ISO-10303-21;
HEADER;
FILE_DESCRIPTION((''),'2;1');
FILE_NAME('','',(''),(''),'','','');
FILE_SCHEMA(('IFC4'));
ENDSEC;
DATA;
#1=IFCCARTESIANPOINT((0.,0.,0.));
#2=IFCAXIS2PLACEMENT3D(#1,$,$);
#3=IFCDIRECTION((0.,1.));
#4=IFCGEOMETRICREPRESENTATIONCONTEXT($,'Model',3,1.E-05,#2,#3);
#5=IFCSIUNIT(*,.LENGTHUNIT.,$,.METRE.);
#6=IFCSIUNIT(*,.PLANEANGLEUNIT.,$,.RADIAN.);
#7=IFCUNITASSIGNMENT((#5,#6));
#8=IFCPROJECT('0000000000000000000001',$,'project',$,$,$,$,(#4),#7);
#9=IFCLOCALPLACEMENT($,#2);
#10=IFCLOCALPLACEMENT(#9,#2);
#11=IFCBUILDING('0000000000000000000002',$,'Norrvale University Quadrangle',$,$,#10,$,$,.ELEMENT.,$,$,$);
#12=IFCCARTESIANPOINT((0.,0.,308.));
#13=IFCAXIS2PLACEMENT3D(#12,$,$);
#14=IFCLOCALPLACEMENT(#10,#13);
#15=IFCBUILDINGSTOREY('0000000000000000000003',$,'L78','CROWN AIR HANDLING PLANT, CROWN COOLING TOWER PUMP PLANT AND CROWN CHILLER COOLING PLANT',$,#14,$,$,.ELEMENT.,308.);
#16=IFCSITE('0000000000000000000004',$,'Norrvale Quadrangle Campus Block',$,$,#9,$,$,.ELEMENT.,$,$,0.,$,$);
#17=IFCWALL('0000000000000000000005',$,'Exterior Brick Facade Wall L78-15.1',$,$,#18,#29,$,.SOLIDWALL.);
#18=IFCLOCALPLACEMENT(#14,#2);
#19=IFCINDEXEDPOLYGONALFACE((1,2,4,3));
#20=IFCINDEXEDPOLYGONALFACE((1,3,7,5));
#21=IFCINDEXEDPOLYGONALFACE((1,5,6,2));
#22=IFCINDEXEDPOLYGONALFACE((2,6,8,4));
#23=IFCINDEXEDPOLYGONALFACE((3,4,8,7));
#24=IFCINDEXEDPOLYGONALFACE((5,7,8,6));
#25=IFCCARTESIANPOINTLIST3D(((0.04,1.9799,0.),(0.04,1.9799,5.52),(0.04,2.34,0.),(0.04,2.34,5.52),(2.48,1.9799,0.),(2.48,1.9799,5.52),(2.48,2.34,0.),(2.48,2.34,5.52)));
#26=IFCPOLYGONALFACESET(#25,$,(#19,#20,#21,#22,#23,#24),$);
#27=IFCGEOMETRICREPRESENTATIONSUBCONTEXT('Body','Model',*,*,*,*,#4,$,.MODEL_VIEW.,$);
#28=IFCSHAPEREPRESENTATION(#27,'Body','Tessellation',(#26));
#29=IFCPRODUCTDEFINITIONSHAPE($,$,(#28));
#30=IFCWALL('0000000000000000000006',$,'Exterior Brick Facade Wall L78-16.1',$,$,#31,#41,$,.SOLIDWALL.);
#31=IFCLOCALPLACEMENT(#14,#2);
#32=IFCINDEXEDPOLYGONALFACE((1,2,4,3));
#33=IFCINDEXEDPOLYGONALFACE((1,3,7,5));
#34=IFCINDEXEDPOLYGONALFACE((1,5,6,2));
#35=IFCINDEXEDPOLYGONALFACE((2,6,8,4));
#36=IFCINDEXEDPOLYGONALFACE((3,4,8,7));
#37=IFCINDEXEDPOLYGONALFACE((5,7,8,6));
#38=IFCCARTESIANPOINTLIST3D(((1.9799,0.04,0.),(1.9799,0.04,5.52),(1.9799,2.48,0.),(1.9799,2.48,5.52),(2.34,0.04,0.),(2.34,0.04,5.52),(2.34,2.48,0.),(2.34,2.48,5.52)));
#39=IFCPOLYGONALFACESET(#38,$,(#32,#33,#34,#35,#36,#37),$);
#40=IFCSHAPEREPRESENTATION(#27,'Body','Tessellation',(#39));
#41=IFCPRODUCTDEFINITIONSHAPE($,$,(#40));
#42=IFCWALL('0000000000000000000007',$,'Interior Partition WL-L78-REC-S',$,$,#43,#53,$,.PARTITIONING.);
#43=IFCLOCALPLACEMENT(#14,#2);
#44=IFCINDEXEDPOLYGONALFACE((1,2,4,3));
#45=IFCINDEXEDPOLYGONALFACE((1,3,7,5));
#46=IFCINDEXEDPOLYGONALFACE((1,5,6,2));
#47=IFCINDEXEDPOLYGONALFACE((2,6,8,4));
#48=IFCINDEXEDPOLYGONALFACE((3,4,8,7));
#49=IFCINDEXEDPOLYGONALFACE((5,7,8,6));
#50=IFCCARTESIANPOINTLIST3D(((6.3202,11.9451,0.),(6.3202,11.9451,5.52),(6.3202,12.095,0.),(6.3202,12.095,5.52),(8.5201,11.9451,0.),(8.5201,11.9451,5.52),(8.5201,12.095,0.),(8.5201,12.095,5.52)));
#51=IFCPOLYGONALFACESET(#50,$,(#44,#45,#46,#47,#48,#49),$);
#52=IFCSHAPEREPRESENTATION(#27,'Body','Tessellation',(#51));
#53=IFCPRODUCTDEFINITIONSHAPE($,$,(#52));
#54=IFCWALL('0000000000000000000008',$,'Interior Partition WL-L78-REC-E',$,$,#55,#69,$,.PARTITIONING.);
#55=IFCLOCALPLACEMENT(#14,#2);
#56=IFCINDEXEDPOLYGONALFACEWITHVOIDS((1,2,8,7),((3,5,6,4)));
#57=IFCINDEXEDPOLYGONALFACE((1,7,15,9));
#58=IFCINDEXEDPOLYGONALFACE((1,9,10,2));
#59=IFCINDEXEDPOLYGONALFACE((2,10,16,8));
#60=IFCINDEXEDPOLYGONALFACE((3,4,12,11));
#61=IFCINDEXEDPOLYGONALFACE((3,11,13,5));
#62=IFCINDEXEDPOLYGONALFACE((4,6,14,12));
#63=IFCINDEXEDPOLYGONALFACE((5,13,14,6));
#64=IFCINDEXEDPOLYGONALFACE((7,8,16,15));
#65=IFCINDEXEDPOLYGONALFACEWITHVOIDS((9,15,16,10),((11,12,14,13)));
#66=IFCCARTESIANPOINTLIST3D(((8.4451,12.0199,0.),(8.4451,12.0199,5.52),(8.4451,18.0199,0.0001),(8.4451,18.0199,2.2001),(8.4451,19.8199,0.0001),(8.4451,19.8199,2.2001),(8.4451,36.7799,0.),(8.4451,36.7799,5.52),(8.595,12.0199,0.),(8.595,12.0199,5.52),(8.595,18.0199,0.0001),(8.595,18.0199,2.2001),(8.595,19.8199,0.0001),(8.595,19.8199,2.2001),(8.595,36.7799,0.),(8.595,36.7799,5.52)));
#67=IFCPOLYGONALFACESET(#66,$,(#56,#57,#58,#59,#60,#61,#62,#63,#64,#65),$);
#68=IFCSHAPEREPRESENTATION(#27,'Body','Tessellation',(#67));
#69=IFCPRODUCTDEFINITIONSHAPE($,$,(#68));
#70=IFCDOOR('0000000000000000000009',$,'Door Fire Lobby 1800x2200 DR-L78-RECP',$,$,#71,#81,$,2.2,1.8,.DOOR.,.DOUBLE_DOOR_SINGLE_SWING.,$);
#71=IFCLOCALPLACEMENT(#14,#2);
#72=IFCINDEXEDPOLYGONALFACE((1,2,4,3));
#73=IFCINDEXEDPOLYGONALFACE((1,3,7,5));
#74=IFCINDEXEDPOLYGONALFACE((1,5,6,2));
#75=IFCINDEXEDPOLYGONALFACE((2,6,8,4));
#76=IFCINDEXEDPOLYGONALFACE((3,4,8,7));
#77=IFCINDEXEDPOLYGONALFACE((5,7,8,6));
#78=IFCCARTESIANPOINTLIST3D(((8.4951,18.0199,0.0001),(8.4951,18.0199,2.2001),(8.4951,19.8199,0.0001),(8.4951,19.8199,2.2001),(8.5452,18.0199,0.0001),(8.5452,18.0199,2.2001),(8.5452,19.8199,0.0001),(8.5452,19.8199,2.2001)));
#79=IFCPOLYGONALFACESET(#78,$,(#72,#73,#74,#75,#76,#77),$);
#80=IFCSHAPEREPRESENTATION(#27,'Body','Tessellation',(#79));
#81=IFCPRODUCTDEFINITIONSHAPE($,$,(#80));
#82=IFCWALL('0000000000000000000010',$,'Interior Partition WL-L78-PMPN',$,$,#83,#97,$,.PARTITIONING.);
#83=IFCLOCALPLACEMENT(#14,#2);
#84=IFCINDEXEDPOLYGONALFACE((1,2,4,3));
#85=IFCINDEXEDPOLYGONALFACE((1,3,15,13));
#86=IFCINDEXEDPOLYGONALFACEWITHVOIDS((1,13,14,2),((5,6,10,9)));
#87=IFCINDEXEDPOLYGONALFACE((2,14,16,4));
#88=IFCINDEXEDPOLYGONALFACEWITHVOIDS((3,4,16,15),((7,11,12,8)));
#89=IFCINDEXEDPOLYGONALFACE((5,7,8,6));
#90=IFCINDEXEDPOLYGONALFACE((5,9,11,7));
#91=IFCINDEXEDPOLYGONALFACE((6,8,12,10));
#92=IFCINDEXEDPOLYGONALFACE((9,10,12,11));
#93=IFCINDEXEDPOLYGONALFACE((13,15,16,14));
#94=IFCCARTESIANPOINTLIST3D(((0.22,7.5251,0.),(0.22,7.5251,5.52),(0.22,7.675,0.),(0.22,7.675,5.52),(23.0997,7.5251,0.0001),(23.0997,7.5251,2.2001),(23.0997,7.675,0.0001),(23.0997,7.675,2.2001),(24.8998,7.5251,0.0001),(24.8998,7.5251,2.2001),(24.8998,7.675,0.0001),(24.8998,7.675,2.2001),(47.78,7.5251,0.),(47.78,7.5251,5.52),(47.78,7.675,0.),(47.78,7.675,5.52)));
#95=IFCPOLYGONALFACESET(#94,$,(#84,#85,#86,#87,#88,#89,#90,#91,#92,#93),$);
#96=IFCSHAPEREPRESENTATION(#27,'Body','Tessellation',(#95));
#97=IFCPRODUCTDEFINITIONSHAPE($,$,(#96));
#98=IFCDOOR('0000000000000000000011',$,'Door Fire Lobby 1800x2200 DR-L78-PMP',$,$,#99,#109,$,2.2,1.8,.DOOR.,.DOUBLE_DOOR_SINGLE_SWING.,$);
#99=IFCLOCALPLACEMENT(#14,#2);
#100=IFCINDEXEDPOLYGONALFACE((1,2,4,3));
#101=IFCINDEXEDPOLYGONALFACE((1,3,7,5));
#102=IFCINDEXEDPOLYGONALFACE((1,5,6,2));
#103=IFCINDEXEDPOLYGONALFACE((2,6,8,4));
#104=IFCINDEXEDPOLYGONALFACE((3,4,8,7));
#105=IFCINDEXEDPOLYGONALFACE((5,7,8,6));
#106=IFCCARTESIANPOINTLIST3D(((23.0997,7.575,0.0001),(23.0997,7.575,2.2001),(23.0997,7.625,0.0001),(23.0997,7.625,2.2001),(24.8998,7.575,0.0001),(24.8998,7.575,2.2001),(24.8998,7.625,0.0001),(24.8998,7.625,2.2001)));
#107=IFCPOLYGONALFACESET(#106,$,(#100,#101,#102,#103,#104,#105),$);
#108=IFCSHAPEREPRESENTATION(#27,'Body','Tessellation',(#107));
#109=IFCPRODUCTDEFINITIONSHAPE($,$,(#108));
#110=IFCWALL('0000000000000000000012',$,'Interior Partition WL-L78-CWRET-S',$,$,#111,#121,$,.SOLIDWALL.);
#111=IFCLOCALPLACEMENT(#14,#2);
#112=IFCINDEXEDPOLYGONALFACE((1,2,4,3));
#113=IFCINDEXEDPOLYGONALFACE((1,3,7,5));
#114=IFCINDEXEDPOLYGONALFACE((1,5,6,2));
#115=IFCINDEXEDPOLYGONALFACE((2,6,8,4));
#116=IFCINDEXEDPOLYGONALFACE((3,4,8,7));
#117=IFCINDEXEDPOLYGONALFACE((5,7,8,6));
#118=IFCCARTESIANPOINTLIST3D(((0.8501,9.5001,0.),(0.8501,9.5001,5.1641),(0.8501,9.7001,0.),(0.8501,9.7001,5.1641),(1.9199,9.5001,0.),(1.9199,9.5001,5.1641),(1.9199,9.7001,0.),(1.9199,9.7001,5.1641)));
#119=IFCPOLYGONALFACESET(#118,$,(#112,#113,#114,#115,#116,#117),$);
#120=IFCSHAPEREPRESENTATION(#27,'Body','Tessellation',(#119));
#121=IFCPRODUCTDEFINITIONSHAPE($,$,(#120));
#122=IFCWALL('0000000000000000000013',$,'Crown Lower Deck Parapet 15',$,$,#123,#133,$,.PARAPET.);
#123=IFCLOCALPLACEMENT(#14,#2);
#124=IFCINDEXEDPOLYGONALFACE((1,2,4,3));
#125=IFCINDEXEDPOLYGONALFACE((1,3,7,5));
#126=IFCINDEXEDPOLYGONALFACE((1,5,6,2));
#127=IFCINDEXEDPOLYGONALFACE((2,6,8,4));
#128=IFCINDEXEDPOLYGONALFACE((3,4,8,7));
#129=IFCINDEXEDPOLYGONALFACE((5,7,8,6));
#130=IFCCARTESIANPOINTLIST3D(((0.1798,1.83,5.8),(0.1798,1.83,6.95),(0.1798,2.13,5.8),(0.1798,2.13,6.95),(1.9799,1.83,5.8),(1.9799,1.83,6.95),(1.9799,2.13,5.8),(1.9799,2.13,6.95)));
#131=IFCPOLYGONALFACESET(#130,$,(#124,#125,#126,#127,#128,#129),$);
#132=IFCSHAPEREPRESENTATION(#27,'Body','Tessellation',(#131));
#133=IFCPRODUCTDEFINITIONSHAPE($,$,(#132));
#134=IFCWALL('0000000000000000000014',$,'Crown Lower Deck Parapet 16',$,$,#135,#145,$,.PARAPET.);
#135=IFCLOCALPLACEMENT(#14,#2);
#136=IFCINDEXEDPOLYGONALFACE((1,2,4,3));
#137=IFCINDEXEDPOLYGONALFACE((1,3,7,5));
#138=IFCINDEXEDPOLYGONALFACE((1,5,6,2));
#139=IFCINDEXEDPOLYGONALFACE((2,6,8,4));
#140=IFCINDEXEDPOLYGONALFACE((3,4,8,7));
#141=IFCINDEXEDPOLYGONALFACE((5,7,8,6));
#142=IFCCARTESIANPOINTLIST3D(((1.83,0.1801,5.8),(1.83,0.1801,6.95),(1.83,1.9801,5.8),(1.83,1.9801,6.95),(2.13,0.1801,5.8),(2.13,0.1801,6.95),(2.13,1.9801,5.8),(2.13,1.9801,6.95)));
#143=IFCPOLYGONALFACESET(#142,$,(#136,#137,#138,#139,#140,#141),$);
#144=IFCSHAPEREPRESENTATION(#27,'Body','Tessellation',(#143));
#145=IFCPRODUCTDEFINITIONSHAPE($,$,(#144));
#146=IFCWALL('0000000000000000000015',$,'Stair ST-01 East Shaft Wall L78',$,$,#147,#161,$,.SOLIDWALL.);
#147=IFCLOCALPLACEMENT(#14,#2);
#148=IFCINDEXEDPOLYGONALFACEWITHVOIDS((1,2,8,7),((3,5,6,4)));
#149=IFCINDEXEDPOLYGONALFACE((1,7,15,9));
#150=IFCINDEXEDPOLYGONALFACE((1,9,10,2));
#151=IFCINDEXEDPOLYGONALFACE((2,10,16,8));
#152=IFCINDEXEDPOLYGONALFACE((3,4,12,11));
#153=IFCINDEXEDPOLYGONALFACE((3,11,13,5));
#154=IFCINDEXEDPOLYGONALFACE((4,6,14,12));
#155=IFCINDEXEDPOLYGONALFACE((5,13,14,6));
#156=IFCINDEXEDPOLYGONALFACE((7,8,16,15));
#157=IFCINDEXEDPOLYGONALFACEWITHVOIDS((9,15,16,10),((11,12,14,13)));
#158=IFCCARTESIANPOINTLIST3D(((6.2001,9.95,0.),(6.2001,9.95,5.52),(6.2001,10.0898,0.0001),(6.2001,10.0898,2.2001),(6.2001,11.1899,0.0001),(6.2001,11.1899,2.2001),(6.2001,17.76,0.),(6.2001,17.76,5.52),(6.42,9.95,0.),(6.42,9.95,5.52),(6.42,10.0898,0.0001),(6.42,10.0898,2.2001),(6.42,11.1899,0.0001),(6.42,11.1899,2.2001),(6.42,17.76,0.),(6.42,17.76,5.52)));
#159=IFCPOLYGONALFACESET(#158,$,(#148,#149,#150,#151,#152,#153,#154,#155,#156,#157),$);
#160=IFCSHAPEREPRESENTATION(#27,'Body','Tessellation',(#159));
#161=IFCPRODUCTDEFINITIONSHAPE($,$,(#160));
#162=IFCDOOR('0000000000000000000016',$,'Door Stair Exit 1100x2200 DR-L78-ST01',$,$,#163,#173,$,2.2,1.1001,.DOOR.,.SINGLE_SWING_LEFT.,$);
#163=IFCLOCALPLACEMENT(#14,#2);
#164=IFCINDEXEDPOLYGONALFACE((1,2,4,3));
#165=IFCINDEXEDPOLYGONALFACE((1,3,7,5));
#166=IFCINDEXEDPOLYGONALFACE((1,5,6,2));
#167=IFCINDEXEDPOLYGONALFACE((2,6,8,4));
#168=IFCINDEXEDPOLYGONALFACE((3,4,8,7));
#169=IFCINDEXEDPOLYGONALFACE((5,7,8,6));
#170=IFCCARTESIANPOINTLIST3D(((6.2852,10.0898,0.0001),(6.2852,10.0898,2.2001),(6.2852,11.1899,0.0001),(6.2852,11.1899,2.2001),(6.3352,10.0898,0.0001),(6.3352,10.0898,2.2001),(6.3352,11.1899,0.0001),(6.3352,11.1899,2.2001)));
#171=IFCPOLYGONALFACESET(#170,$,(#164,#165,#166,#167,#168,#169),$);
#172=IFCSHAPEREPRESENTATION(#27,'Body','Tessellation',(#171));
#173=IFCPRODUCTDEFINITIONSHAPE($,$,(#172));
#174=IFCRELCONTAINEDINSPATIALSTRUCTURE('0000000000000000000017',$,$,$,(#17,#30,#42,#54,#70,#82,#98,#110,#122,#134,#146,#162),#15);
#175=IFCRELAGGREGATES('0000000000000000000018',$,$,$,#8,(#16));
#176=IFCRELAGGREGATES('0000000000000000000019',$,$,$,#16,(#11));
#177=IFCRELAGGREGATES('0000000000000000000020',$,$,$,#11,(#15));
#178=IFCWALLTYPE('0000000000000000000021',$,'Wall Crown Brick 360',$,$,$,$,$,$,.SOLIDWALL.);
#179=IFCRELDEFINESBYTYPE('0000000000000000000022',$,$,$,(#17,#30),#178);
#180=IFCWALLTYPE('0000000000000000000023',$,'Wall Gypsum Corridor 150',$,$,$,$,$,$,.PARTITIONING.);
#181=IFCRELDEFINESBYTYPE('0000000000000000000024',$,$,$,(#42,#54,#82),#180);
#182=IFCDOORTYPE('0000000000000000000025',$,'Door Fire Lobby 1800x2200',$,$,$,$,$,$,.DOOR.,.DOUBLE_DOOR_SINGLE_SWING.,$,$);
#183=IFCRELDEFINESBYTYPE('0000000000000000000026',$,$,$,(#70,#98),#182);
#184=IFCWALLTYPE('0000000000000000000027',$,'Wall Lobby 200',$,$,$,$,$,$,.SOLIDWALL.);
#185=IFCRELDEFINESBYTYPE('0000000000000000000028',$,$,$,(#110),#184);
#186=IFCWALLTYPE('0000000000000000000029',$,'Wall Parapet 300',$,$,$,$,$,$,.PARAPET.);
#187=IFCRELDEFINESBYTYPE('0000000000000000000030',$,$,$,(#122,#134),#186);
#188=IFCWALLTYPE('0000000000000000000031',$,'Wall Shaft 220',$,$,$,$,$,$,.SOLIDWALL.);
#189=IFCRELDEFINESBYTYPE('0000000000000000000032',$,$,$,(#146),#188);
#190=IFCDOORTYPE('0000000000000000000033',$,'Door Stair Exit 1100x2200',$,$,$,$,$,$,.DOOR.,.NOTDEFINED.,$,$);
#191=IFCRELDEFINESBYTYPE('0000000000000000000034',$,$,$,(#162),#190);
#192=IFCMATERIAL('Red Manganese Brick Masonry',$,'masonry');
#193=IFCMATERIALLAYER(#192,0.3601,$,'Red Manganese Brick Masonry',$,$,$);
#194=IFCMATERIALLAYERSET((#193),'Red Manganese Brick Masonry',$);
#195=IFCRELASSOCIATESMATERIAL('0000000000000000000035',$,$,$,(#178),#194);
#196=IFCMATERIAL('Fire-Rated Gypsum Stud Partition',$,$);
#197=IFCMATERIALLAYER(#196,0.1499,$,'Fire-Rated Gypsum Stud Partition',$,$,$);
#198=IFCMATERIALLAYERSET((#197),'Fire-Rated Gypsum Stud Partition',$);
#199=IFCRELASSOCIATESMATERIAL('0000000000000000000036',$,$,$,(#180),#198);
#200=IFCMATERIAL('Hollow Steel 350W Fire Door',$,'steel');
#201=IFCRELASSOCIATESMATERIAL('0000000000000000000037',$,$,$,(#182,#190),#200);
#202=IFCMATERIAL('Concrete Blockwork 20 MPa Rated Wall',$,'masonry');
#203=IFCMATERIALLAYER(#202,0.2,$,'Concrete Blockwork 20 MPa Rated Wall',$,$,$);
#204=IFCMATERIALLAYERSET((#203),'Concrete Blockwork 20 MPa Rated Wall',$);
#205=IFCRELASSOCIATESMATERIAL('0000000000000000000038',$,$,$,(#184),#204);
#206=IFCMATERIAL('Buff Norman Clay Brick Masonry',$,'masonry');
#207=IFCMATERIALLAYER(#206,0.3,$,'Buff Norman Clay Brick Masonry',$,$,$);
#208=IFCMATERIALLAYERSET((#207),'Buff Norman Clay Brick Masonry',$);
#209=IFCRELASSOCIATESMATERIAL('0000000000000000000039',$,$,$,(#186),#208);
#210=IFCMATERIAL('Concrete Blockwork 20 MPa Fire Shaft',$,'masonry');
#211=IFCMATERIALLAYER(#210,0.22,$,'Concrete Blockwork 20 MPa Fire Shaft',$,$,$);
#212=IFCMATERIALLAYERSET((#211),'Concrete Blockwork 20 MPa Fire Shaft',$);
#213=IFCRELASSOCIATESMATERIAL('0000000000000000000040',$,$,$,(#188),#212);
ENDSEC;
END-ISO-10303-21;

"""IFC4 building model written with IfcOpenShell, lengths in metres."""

from ifc_helpers import new_model, si_unit, direction, frame, frame_2d, origin, place, context, subcontext, project, spatial, rectangle, extrude, material, layer, layer_set, type_object, element, fill, save


model = new_model("IFC4")

# Units and contexts
model_context = context("Model", 3, precision=1e-05, world=origin(), true_north=direction((0.0, 1.0)))
body_context = subcontext(model_context, "Body", "Model", "MODEL_VIEW")
ifc_project = project(units=[si_unit("LENGTHUNIT", "METRE"), si_unit("PLANEANGLEUNIT", "RADIAN")], contexts=[model_context])

# Site, building, storey
site_placement = place(None, origin())
site = spatial("IfcSite", under=ifc_project, at=site_placement, Name="Norrvale Quadrangle Campus Block", CompositionType="ELEMENT", RefElevation=0.0)
building_placement = place(site_placement, origin())
building = spatial("IfcBuilding", under=site, at=building_placement, Name="Norrvale University Quadrangle", CompositionType="ELEMENT")
storey_placement = place(building_placement, frame((0.0, 0.0, 308.0)))
storey = spatial("IfcBuildingStorey", under=building, at=storey_placement, Name="L78", Description="CROWN AIR HANDLING PLANT, CROWN COOLING TOWER PUMP PLANT AND CROWN CHILLER COOLING PLANT", CompositionType="ELEMENT", Elevation=308.0)

# Walls
ifc_material_1 = material(Name="Red Manganese Brick Masonry", Category="masonry")
ifc_layer_1 = layer(ifc_material_1, 0.3601, Name="Red Manganese Brick Masonry")
ifc_layer_set_1 = layer_set([ifc_layer_1], Name="Red Manganese Brick Masonry")
wall_type_1 = type_object("IfcWallType", Name="Wall Crown Brick 360", PredefinedType="SOLIDWALL", material=ifc_layer_set_1)
for number, where, z_axis, x_axis, name in (
    (1, (0.04, 2.1599, 0.0), (0.0, 0.0, 1.0), (1.0, 0.0, 0.0), "Exterior Brick Facade Wall L78-15.1"),
    (2, (2.1599, 2.48, 0.0), (0.0, 0.0, 1.0), (0.0, -1.0, 0.0), "Exterior Brick Facade Wall L78-16.1"),
):
    element("IfcWall", number, at=place(storey_placement, frame(where, z_axis=z_axis, x_axis=x_axis)), inside=storey, type_object=wall_type_1, Name=name, PredefinedType="SOLIDWALL", context=body_context, shape_type="SweptSolid", body=[
        extrude(rectangle(XDim=2.4399, YDim=0.3601, at=frame_2d((1.22, 0.0))), origin(), (0.0, 0.0, 1.0), 5.52),
    ])
ifc_material_2 = material(Name="Fire-Rated Gypsum Stud Partition")
ifc_layer_2 = layer(ifc_material_2, 0.1499, Name="Fire-Rated Gypsum Stud Partition")
ifc_layer_set_2 = layer_set([ifc_layer_2], Name="Fire-Rated Gypsum Stud Partition")
wall_type_2 = type_object("IfcWallType", Name="Wall Gypsum Corridor 150", PredefinedType="PARTITIONING", material=ifc_layer_set_2)
wall_1_placement = place(storey_placement, frame((6.3201, 12.02, 0.0), z_axis=(0.0, 0.0, 1.0), x_axis=(1.0, 0.0, 0.0)))
element("IfcWall", 3, at=wall_1_placement, inside=storey, type_object=wall_type_2, Name="Interior Partition WL-L78-REC-S", PredefinedType="PARTITIONING", context=body_context, shape_type="SweptSolid", body=[
    extrude(rectangle(XDim=2.2, YDim=0.1499, at=frame_2d((1.1001, 0.0))), origin(), (0.0, 0.0, 1.0), 5.52),
])

# Walls, openings, doors
wall_2_placement = place(storey_placement, frame((8.52, 12.02, 0.0), z_axis=(0.0, 0.0, 1.0), x_axis=(0.0, 1.0, 0.0)))
wall_2 = element("IfcWall", 4, at=wall_2_placement, inside=storey, type_object=wall_type_2, Name="Interior Partition WL-L78-REC-E", PredefinedType="PARTITIONING", context=body_context, shape_type="SweptSolid", body=[
    extrude(rectangle(XDim=24.76, YDim=0.1499, at=frame_2d((12.3799, 0.0))), origin(), (0.0, 0.0, 1.0), 5.52),
])
opening_1_placement = place(wall_2_placement, frame((6.0, 0.0, 0.0)))
opening_1 = element("IfcOpeningElement", 5, at=opening_1_placement, cuts=wall_2, PredefinedType="OPENING", context=body_context, shape_type="SweptSolid", body=[
    extrude(rectangle(XDim=1.8, YDim=2.2, at=frame_2d((0.8999, 1.1001))), frame((0.0, 0.0869, 0.0), z_axis=(0.0, -1.0, 0.0), x_axis=(1.0, 0.0, 0.0)), (0.0, 0.0, 1.0), 0.1738),
])
ifc_material_3 = material(Name="Hollow Steel 350W Fire Door", Category="steel")
door_type_1 = type_object("IfcDoorType", Name="Door Fire Lobby 1800x2200", OperationType="DOUBLE_DOOR_SINGLE_SWING", PredefinedType="DOOR", material=ifc_material_3)
door_1_placement = place(opening_1_placement, origin())
door_1 = element("IfcDoor", 6, at=door_1_placement, inside=storey, type_object=door_type_1, Name="Door Fire Lobby 1800x2200 DR-L78-RECP", OperationType="DOUBLE_DOOR_SINGLE_SWING", OverallHeight=2.2, OverallWidth=1.8, PredefinedType="DOOR", context=body_context, shape_type="SweptSolid", body=[
    extrude(rectangle(XDim=1.8, YDim=2.2, at=frame_2d((0.8999, 1.1001))), frame((0.0, 0.0249, 0.0), z_axis=(0.0, -1.0, 0.0), x_axis=(1.0, 0.0, 0.0)), (0.0, 0.0, 1.0), 0.05),
])
fill(opening_1, door_1)
wall_3_placement = place(storey_placement, frame((0.22, 7.6001, 0.0), z_axis=(0.0, 0.0, 1.0), x_axis=(1.0, 0.0, 0.0)))
wall_3 = element("IfcWall", 7, at=wall_3_placement, inside=storey, type_object=wall_type_2, Name="Interior Partition WL-L78-PMPN", PredefinedType="PARTITIONING", context=body_context, shape_type="SweptSolid", body=[
    extrude(rectangle(XDim=47.5601, YDim=0.1499, at=frame_2d((23.78, 0.0))), origin(), (0.0, 0.0, 1.0), 5.52),
])
opening_2_placement = place(wall_3_placement, frame((22.8799, 0.0, 0.0)))
opening_2 = element("IfcOpeningElement", 8, at=opening_2_placement, cuts=wall_3, PredefinedType="OPENING", context=body_context, shape_type="SweptSolid", body=[
    extrude(rectangle(XDim=1.8, YDim=2.2, at=frame_2d((0.8999, 1.1001))), frame((0.0, 0.0869, 0.0), z_axis=(0.0, -1.0, 0.0), x_axis=(1.0, 0.0, 0.0)), (0.0, 0.0, 1.0), 0.1738),
])
door_2_placement = place(opening_2_placement, origin())
door_2 = element("IfcDoor", 9, at=door_2_placement, inside=storey, type_object=door_type_1, Name="Door Fire Lobby 1800x2200 DR-L78-PMP", OperationType="DOUBLE_DOOR_SINGLE_SWING", OverallHeight=2.2, OverallWidth=1.8, PredefinedType="DOOR", context=body_context, shape_type="SweptSolid", body=[
    extrude(rectangle(XDim=1.8, YDim=2.2, at=frame_2d((0.8999, 1.1001))), frame((0.0, 0.0249, 0.0), z_axis=(0.0, -1.0, 0.0), x_axis=(1.0, 0.0, 0.0)), (0.0, 0.0, 1.0), 0.05),
])
fill(opening_2, door_2)

# Walls
ifc_material_4 = material(Name="Concrete Blockwork 20 MPa Rated Wall", Category="masonry")
ifc_layer_3 = layer(ifc_material_4, 0.2, Name="Concrete Blockwork 20 MPa Rated Wall")
ifc_layer_set_3 = layer_set([ifc_layer_3], Name="Concrete Blockwork 20 MPa Rated Wall")
wall_type_3 = type_object("IfcWallType", Name="Wall Lobby 200", PredefinedType="SOLIDWALL", material=ifc_layer_set_3)
wall_4_placement = place(storey_placement, frame((0.8501, 9.6001, 0.0), z_axis=(0.0, 0.0, 1.0), x_axis=(1.0, 0.0, 0.0)))
element("IfcWall", 10, at=wall_4_placement, inside=storey, type_object=wall_type_3, Name="Interior Partition WL-L78-CWRET-S", PredefinedType="SOLIDWALL", context=body_context, shape_type="SweptSolid", body=[
    extrude(rectangle(XDim=1.0698, YDim=0.2, at=frame_2d((0.5349, 0.0))), origin(), (0.0, 0.0, 1.0), 5.1641),
])
ifc_material_5 = material(Name="Buff Norman Clay Brick Masonry", Category="masonry")
ifc_layer_4 = layer(ifc_material_5, 0.3, Name="Buff Norman Clay Brick Masonry")
ifc_layer_set_4 = layer_set([ifc_layer_4], Name="Buff Norman Clay Brick Masonry")
wall_type_4 = type_object("IfcWallType", Name="Wall Parapet 300", PredefinedType="PARAPET", material=ifc_layer_set_4)
for number, where, z_axis, x_axis, name in (
    (11, (0.1799, 1.98, 5.8), (0.0, 0.0, 1.0), (1.0, 0.0, 0.0), "Crown Lower Deck Parapet 15"),
    (12, (1.98, 1.98, 5.8), (0.0, 0.0, 1.0), (0.0, -1.0, 0.0), "Crown Lower Deck Parapet 16"),
):
    element("IfcWall", number, at=place(storey_placement, frame(where, z_axis=z_axis, x_axis=x_axis)), inside=storey, type_object=wall_type_4, Name=name, PredefinedType="PARAPET", context=body_context, shape_type="SweptSolid", body=[
        extrude(rectangle(XDim=1.8, YDim=0.3, at=frame_2d((0.8999, 0.0))), origin(), (0.0, 0.0, 1.0), 1.1499),
    ])

# Wall, opening, door
ifc_material_6 = material(Name="Concrete Blockwork 20 MPa Fire Shaft", Category="masonry")
ifc_layer_5 = layer(ifc_material_6, 0.22, Name="Concrete Blockwork 20 MPa Fire Shaft")
ifc_layer_set_5 = layer_set([ifc_layer_5], Name="Concrete Blockwork 20 MPa Fire Shaft")
wall_type_5 = type_object("IfcWallType", Name="Wall Shaft 220", PredefinedType="SOLIDWALL", material=ifc_layer_set_5)
wall_5_placement = place(storey_placement, frame((6.3101, 9.95, 0.0), z_axis=(0.0, 0.0, 1.0), x_axis=(0.0, 1.0, 0.0)))
wall_5 = element("IfcWall", 13, at=wall_5_placement, inside=storey, type_object=wall_type_5, Name="Stair ST-01 East Shaft Wall L78", PredefinedType="SOLIDWALL", context=body_context, shape_type="SweptSolid", body=[
    extrude(rectangle(XDim=7.8101, YDim=0.22, at=frame_2d((3.905, 0.0))), origin(), (0.0, 0.0, 1.0), 5.52),
])
opening_3_placement = place(wall_5_placement, frame((0.1399, 0.0, 0.0)))
opening_3 = element("IfcOpeningElement", 14, at=opening_3_placement, cuts=wall_5, PredefinedType="OPENING", context=body_context, shape_type="SweptSolid", body=[
    extrude(rectangle(XDim=1.1001, YDim=2.2, at=frame_2d((0.55, 1.1001))), frame((0.0, 0.1221, 0.0), z_axis=(0.0, -1.0, 0.0), x_axis=(1.0, 0.0, 0.0)), (0.0, 0.0, 1.0), 0.2439),
])
door_type_2 = type_object("IfcDoorType", Name="Door Stair Exit 1100x2200", OperationType="NOTDEFINED", PredefinedType="DOOR", material=ifc_material_3)
door_3_placement = place(opening_3_placement, origin())
door_3 = element("IfcDoor", 15, at=door_3_placement, inside=storey, type_object=door_type_2, Name="Door Stair Exit 1100x2200 DR-L78-ST01", OperationType="SINGLE_SWING_LEFT", OverallHeight=2.2, OverallWidth=1.1001, PredefinedType="DOOR", context=body_context, shape_type="SweptSolid", body=[
    extrude(rectangle(XDim=1.1001, YDim=2.2, at=frame_2d((0.55, 1.1001))), frame((0.0, 0.0249, 0.0), z_axis=(0.0, -1.0, 0.0), x_axis=(1.0, 0.0, 0.0)), (0.0, 0.0, 1.0), 0.05),
])
fill(opening_3, door_3)

save(model, "model.ifc")
